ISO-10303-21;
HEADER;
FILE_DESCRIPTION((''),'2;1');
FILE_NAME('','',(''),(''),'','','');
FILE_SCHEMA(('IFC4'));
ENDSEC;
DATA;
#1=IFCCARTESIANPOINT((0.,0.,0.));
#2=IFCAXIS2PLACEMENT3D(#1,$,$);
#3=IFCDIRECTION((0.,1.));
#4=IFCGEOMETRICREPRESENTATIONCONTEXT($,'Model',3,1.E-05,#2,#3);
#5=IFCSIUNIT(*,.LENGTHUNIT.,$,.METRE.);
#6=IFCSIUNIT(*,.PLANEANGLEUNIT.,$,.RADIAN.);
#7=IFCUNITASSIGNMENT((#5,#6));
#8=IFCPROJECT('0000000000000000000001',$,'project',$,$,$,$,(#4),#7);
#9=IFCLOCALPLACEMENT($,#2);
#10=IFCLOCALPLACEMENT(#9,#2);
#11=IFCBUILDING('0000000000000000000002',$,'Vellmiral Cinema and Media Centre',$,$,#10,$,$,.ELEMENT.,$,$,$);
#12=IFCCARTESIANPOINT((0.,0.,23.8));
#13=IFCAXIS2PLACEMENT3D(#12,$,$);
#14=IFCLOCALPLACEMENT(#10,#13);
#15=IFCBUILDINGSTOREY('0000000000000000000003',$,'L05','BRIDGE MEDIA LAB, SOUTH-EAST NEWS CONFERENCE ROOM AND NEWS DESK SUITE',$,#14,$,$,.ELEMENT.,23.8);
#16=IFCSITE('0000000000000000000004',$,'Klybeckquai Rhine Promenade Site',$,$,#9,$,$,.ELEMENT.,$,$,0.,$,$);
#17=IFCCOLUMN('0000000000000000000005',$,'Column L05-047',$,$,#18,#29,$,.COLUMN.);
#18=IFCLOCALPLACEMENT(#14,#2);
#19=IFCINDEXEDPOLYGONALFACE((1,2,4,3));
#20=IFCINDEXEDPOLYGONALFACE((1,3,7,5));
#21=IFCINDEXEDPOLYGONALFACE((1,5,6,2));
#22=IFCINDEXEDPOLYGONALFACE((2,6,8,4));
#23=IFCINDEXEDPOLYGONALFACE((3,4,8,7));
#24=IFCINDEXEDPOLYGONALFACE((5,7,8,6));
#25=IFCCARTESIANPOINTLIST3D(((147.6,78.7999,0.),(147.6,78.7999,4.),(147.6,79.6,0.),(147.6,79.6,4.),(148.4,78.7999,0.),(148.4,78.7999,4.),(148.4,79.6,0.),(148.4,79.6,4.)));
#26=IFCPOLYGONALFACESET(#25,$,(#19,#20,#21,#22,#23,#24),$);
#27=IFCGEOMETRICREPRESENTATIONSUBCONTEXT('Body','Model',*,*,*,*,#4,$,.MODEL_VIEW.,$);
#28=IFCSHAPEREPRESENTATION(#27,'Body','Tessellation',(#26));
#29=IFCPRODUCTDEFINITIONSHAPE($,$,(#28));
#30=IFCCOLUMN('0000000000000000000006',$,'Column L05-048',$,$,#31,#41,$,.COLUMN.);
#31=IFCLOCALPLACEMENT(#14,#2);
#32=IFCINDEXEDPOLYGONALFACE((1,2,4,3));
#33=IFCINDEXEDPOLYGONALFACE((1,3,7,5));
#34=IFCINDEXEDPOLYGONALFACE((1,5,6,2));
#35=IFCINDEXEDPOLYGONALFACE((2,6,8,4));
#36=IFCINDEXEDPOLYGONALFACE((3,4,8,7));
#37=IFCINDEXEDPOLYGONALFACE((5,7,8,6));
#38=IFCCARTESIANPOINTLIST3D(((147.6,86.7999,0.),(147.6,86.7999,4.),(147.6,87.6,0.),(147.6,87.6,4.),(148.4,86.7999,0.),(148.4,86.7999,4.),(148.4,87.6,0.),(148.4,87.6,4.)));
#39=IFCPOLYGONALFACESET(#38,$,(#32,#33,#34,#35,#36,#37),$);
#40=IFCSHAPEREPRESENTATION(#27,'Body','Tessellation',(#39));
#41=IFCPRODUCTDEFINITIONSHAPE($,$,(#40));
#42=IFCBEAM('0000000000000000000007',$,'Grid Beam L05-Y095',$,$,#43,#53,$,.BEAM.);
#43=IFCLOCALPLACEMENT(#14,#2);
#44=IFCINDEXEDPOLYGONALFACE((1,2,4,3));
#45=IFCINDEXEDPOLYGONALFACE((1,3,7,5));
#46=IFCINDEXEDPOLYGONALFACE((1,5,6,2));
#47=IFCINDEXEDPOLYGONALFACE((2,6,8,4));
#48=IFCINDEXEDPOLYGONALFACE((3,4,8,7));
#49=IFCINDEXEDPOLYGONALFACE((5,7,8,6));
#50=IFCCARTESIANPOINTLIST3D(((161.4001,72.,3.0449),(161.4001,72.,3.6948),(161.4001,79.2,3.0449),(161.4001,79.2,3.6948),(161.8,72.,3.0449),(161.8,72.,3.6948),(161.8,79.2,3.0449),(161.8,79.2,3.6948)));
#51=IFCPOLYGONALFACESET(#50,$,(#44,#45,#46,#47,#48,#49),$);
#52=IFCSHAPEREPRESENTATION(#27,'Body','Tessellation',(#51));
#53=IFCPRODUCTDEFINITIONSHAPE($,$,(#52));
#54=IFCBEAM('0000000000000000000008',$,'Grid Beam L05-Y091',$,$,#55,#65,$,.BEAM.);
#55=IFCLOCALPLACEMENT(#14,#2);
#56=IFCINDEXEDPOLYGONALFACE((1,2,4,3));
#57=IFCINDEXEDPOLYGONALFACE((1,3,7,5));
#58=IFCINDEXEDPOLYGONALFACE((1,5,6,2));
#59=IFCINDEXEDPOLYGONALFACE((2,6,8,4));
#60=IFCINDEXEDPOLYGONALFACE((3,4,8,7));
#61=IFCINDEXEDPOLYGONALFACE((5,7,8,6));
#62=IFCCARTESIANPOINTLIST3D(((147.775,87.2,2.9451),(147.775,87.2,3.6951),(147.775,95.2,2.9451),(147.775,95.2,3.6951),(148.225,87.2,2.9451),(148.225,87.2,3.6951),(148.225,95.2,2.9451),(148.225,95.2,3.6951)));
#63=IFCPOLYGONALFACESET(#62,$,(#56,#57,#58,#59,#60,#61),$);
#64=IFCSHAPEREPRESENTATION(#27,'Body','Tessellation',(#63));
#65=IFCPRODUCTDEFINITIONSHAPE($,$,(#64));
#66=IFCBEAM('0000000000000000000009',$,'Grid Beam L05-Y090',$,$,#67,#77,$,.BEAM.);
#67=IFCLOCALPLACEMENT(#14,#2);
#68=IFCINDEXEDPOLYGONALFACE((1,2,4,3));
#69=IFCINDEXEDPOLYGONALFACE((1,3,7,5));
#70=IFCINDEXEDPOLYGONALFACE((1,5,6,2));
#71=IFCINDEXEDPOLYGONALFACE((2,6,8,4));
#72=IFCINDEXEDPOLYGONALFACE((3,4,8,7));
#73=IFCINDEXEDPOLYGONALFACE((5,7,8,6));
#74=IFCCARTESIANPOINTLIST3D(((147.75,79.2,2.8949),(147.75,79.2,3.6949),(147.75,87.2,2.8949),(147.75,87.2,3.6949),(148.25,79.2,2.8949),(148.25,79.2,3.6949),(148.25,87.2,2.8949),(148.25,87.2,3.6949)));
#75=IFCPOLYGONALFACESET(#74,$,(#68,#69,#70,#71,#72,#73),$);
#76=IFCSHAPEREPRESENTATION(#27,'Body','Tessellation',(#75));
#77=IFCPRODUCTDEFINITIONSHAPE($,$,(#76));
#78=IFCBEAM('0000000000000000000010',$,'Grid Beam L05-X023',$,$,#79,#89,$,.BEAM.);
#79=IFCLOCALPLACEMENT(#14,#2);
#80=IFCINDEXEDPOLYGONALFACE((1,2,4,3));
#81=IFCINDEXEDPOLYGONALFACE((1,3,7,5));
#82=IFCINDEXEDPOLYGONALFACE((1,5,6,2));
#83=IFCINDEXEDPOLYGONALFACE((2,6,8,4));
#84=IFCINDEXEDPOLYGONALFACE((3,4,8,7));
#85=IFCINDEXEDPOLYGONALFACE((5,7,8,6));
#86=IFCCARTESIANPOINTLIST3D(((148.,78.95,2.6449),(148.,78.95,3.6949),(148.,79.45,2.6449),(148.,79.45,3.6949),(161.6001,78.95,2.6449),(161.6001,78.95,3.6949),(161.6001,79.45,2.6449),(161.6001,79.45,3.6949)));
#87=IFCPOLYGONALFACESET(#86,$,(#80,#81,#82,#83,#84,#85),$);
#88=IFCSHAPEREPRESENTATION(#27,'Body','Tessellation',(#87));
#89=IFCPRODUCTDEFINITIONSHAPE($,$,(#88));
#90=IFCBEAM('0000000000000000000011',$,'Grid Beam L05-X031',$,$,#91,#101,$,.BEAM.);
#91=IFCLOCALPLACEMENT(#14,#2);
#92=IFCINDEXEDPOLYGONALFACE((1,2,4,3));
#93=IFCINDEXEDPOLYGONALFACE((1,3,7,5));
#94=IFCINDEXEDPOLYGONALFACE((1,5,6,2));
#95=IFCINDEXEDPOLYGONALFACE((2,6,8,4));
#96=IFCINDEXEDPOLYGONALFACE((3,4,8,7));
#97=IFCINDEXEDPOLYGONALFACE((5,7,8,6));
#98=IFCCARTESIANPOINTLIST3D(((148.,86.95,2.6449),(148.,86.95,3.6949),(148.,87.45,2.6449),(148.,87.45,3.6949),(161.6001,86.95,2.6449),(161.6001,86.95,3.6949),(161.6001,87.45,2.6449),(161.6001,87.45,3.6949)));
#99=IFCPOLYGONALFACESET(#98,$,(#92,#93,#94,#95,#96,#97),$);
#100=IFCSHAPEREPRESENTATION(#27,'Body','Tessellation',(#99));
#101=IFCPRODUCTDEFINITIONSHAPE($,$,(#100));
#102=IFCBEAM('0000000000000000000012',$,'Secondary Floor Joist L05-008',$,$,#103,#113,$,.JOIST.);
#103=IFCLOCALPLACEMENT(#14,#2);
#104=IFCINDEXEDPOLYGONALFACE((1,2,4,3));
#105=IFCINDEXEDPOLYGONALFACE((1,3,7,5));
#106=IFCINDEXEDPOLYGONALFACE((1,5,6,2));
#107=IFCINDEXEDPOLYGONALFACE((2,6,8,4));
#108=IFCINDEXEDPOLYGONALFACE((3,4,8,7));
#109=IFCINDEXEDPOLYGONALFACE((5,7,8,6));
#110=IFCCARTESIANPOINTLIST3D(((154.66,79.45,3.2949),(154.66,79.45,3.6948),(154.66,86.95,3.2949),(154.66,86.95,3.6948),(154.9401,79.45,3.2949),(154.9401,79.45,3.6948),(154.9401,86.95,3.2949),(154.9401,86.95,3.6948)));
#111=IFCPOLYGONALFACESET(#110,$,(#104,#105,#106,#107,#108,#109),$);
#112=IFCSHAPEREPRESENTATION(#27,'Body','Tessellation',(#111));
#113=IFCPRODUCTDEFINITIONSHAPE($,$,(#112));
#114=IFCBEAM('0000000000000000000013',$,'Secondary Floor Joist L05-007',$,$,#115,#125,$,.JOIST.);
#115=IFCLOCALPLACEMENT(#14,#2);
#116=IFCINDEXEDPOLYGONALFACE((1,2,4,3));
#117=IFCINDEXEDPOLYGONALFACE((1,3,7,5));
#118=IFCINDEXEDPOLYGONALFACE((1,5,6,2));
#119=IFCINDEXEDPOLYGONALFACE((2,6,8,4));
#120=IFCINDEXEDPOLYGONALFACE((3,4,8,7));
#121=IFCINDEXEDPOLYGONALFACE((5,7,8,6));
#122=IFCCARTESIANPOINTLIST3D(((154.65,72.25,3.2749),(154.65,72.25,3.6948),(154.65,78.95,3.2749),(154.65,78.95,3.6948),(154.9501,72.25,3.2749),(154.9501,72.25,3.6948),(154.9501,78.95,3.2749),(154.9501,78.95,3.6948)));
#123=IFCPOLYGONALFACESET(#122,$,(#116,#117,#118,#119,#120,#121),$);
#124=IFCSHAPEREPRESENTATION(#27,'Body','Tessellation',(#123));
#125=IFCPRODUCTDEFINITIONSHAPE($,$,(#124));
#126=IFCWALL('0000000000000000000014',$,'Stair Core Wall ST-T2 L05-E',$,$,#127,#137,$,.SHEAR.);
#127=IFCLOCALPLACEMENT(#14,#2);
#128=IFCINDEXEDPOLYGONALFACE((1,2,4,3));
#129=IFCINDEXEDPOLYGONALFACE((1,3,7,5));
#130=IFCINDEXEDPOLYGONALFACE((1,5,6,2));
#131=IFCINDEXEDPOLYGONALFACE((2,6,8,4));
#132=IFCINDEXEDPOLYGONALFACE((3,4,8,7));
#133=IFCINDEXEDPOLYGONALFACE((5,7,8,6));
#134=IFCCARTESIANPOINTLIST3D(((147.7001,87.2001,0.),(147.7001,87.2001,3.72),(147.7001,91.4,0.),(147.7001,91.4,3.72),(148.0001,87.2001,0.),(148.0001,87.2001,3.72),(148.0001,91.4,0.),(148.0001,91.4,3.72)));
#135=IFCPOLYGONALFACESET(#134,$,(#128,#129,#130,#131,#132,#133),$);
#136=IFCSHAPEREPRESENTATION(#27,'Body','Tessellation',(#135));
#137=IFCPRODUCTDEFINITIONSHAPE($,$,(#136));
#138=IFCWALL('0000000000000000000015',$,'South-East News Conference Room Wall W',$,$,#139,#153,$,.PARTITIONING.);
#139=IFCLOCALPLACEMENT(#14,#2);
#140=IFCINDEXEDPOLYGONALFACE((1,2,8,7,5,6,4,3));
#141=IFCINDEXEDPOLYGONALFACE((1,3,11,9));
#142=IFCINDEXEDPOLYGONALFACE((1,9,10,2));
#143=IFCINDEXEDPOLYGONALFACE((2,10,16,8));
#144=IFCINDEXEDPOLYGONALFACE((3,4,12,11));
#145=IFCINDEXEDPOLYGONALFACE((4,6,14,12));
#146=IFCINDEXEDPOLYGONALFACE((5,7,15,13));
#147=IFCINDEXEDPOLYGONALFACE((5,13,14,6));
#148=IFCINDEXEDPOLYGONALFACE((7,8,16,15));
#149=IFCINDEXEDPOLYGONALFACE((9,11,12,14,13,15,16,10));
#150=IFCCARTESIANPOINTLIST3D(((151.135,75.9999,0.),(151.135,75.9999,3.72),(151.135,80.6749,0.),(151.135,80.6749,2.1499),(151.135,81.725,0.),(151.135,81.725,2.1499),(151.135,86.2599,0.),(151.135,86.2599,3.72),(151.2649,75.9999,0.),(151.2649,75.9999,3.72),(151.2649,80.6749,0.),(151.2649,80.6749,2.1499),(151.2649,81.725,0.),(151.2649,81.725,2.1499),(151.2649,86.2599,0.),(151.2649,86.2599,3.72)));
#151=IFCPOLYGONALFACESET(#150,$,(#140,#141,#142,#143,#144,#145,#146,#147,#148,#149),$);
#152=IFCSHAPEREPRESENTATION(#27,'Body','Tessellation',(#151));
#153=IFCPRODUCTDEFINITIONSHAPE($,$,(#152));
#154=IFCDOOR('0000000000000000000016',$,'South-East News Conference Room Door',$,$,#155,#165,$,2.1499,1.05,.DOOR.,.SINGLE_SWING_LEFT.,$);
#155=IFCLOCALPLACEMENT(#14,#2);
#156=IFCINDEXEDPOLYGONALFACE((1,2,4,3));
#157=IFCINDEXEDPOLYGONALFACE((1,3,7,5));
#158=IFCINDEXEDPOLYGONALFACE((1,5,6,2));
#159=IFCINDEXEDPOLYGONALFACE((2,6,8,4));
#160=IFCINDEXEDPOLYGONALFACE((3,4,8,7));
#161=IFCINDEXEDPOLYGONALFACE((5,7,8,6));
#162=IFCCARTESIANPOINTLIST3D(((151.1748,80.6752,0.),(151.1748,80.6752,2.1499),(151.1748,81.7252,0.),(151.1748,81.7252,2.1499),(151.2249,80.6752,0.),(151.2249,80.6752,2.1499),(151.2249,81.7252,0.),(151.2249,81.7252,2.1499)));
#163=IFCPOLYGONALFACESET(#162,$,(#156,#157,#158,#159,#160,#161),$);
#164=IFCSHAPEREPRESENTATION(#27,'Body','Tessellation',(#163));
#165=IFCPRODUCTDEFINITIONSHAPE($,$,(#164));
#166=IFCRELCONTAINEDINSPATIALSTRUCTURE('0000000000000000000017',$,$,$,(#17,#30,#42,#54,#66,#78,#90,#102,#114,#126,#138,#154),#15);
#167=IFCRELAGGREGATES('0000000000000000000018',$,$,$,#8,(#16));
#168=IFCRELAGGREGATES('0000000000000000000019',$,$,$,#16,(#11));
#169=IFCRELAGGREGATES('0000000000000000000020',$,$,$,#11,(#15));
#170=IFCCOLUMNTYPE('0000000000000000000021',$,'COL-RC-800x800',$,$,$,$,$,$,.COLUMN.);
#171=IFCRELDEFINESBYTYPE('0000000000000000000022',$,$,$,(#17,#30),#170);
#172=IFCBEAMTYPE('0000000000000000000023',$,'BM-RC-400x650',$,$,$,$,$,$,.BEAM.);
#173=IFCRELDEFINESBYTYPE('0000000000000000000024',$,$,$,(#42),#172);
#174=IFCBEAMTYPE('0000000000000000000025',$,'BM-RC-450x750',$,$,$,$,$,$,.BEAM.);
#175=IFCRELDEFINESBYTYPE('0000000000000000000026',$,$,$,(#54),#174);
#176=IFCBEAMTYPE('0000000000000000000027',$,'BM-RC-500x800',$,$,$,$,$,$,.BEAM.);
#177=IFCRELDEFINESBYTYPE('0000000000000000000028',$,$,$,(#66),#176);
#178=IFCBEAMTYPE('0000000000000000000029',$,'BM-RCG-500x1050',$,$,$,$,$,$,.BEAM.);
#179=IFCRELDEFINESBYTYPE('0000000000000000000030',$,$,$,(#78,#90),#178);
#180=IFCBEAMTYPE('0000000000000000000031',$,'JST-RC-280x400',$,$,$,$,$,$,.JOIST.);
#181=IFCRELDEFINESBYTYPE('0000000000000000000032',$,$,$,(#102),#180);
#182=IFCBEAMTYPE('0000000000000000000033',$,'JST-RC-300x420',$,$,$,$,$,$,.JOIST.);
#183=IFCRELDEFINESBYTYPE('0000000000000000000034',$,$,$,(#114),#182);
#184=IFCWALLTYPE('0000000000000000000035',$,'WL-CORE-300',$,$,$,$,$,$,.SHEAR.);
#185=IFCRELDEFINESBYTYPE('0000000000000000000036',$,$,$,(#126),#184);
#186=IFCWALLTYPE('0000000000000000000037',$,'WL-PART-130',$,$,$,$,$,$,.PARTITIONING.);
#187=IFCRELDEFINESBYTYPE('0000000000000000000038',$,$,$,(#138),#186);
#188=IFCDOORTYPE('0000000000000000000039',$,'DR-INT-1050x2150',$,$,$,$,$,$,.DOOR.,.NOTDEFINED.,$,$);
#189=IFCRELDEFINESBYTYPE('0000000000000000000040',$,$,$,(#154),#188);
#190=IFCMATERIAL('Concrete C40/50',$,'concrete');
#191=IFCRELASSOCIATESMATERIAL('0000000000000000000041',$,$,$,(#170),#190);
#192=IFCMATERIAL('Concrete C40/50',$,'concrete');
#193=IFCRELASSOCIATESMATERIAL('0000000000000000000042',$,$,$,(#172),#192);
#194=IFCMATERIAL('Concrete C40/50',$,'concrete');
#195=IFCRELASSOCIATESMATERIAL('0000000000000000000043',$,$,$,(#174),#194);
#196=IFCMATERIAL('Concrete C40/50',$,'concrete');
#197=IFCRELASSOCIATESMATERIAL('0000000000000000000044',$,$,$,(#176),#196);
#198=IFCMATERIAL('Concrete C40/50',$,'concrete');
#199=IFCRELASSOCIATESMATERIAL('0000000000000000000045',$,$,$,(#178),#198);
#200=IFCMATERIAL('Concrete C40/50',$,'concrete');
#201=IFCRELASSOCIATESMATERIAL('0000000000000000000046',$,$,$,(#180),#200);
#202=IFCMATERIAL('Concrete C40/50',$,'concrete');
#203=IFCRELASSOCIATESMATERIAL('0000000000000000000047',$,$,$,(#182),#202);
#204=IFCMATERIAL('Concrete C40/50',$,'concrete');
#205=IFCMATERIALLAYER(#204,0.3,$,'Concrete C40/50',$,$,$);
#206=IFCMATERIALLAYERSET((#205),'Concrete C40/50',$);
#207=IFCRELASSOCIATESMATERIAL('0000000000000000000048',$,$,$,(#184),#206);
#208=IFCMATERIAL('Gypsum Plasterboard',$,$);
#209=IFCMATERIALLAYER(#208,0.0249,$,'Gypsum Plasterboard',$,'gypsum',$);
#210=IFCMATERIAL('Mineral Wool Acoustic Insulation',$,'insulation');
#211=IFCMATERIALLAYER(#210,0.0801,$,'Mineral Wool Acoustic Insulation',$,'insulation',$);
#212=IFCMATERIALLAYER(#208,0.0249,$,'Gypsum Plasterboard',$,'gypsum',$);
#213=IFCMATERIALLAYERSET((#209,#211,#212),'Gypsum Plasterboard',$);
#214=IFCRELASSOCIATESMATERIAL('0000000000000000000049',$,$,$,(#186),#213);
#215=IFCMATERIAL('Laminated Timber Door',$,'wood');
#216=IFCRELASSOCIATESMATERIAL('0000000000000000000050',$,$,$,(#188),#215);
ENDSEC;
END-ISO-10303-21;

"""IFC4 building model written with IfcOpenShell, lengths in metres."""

from ifc_helpers import new_model, si_unit, direction, frame, frame_2d, origin, origin_2d, place, context, subcontext, project, spatial, rectangle, extrude, material, layer, layer_set, material_profile, profile_set, type_object, element, fill, save


model = new_model("IFC4")

# Units and contexts
model_context = context("Model", 3, precision=1e-05, world=origin(), true_north=direction((0.0, 1.0)))
body_context = subcontext(model_context, "Body", "Model", "MODEL_VIEW")
ifc_project = project(units=[si_unit("LENGTHUNIT", "METRE"), si_unit("PLANEANGLEUNIT", "RADIAN")], contexts=[model_context])

# Site, building, storey
site_placement = place(None, origin())
site = spatial("IfcSite", under=ifc_project, at=site_placement, Name="Klybeckquai Rhine Promenade Site", CompositionType="ELEMENT", RefElevation=0.0)
building_placement = place(site_placement, origin())
building = spatial("IfcBuilding", under=site, at=building_placement, Name="Vellmiral Cinema and Media Centre", CompositionType="ELEMENT")
storey_placement = place(building_placement, frame((0.0, 0.0, 23.8)))
storey = spatial("IfcBuildingStorey", under=building, at=storey_placement, Name="L05", Description="BRIDGE MEDIA LAB, SOUTH-EAST NEWS CONFERENCE ROOM AND NEWS DESK SUITE", CompositionType="ELEMENT", Elevation=23.8)

# Columns
ifc_material_1 = material(Name="Concrete C40/50", Category="concrete")
ifc_material_profile_1 = material_profile(ifc_material_1, rectangle(XDim=0.8, YDim=0.8, at=origin_2d()), Name="RC 800x800")
ifc_profile_set_1 = profile_set([ifc_material_profile_1], Name="Concrete C40/50")
column_type = type_object("IfcColumnType", Name="COL-RC-800x800", PredefinedType="COLUMN", material=ifc_profile_set_1)
for number, where, z_axis, x_axis, name in (
    (1, (148.0, 79.2, 0.0), (0.0, 0.0, 1.0), (1.0, 0.0, 0.0), "Column L05-047"),
    (2, (148.0, 87.2, 0.0), (0.0, 0.0, 1.0), (1.0, 0.0, 0.0), "Column L05-048"),
):
    element("IfcColumn", number, at=place(storey_placement, frame(where, z_axis=z_axis, x_axis=x_axis)), inside=storey, type_object=column_type, Name=name, PredefinedType="COLUMN", context=body_context, shape_type="SweptSolid", body=[
        extrude(rectangle(XDim=0.8, YDim=0.8, at=origin_2d()), origin(), (0.0, 0.0, 1.0), 4.0),
    ])

# Beams
ifc_material_2 = material(Name="Concrete C40/50", Category="concrete")
ifc_material_profile_2 = material_profile(ifc_material_2, rectangle(XDim=0.3999, YDim=0.6499, at=origin_2d()), Name="RC 400x650")
ifc_profile_set_2 = profile_set([ifc_material_profile_2], Name="Concrete C40/50")
beam_type_1 = type_object("IfcBeamType", Name="BM-RC-400x650", PredefinedType="BEAM", material=ifc_profile_set_2)
beam_1_placement = place(storey_placement, frame((161.6001, 72.0, 3.3699), z_axis=(0.0, 1.0, 0.0), x_axis=(-1.0, 0.0, 0.0)))
element("IfcBeam", 3, at=beam_1_placement, inside=storey, type_object=beam_type_1, Name="Grid Beam L05-Y095", PredefinedType="BEAM", context=body_context, shape_type="SweptSolid", body=[
    extrude(rectangle(XDim=0.3999, YDim=0.6499, at=origin_2d()), origin(), (0.0, 0.0, 1.0), 7.2),
])
ifc_material_3 = material(Name="Concrete C40/50", Category="concrete")
ifc_material_profile_3 = material_profile(ifc_material_3, rectangle(XDim=0.45, YDim=0.75, at=origin_2d()), Name="RC 450x750")
ifc_profile_set_3 = profile_set([ifc_material_profile_3], Name="Concrete C40/50")
beam_type_2 = type_object("IfcBeamType", Name="BM-RC-450x750", PredefinedType="BEAM", material=ifc_profile_set_3)
beam_2_placement = place(storey_placement, frame((148.0, 87.2, 3.3201), z_axis=(0.0, 1.0, 0.0), x_axis=(-1.0, 0.0, 0.0)))
element("IfcBeam", 4, at=beam_2_placement, inside=storey, type_object=beam_type_2, Name="Grid Beam L05-Y091", PredefinedType="BEAM", context=body_context, shape_type="SweptSolid", body=[
    extrude(rectangle(XDim=0.45, YDim=0.75, at=origin_2d()), origin(), (0.0, 0.0, 1.0), 8.0),
])
ifc_material_4 = material(Name="Concrete C40/50", Category="concrete")
ifc_material_profile_4 = material_profile(ifc_material_4, rectangle(XDim=0.5, YDim=0.8, at=origin_2d()), Name="RC 500x800")
ifc_profile_set_4 = profile_set([ifc_material_profile_4], Name="Concrete C40/50")
beam_type_3 = type_object("IfcBeamType", Name="BM-RC-500x800", PredefinedType="BEAM", material=ifc_profile_set_4)
beam_3_placement = place(storey_placement, frame((148.0, 79.2, 3.2949), z_axis=(0.0, 1.0, 0.0), x_axis=(-1.0, 0.0, 0.0)))
element("IfcBeam", 5, at=beam_3_placement, inside=storey, type_object=beam_type_3, Name="Grid Beam L05-Y090", PredefinedType="BEAM", context=body_context, shape_type="SweptSolid", body=[
    extrude(rectangle(XDim=0.5, YDim=0.8, at=origin_2d()), origin(), (0.0, 0.0, 1.0), 8.0),
])
ifc_material_5 = material(Name="Concrete C40/50", Category="concrete")
ifc_material_profile_5 = material_profile(ifc_material_5, rectangle(XDim=0.5, YDim=1.05, at=origin_2d()), Name="RC 500x1050")
ifc_profile_set_5 = profile_set([ifc_material_profile_5], Name="Concrete C40/50")
beam_type_4 = type_object("IfcBeamType", Name="BM-RCG-500x1050", PredefinedType="BEAM", material=ifc_profile_set_5)
for number, where, z_axis, x_axis, name in (
    (6, (148.0, 79.2, 3.1699), (1.0, 0.0, 0.0), (0.0, 1.0, 0.0), "Grid Beam L05-X023"),
    (7, (148.0, 87.2, 3.1699), (1.0, 0.0, 0.0), (0.0, 1.0, 0.0), "Grid Beam L05-X031"),
):
    element("IfcBeam", number, at=place(storey_placement, frame(where, z_axis=z_axis, x_axis=x_axis)), inside=storey, type_object=beam_type_4, Name=name, PredefinedType="BEAM", context=body_context, shape_type="SweptSolid", body=[
        extrude(rectangle(XDim=0.5, YDim=1.05, at=origin_2d()), origin(), (0.0, 0.0, 1.0), 13.6001),
    ])
ifc_material_6 = material(Name="Concrete C40/50", Category="concrete")
ifc_material_profile_6 = material_profile(ifc_material_6, rectangle(XDim=0.28, YDim=0.3999, at=origin_2d()), Name="RC 280x400")
ifc_profile_set_6 = profile_set([ifc_material_profile_6], Name="Concrete C40/50")
beam_type_5 = type_object("IfcBeamType", Name="JST-RC-280x400", PredefinedType="JOIST", material=ifc_profile_set_6)
beam_4_placement = place(storey_placement, frame((154.8, 79.45, 3.4949), z_axis=(0.0, 1.0, 0.0), x_axis=(-1.0, 0.0, 0.0)))
element("IfcBeam", 8, at=beam_4_placement, inside=storey, type_object=beam_type_5, Name="Secondary Floor Joist L05-008", PredefinedType="JOIST", context=body_context, shape_type="SweptSolid", body=[
    extrude(rectangle(XDim=0.28, YDim=0.3999, at=origin_2d()), origin(), (0.0, 0.0, 1.0), 7.5),
])
ifc_material_7 = material(Name="Concrete C40/50", Category="concrete")
ifc_material_profile_7 = material_profile(ifc_material_7, rectangle(XDim=0.3, YDim=0.4199, at=origin_2d()), Name="RC 300x420")
ifc_profile_set_7 = profile_set([ifc_material_profile_7], Name="Concrete C40/50")
beam_type_6 = type_object("IfcBeamType", Name="JST-RC-300x420", PredefinedType="JOIST", material=ifc_profile_set_7)
beam_5_placement = place(storey_placement, frame((154.8, 72.25, 3.4849), z_axis=(0.0, 1.0, 0.0), x_axis=(-1.0, 0.0, 0.0)))
element("IfcBeam", 9, at=beam_5_placement, inside=storey, type_object=beam_type_6, Name="Secondary Floor Joist L05-007", PredefinedType="JOIST", context=body_context, shape_type="SweptSolid", body=[
    extrude(rectangle(XDim=0.3, YDim=0.4199, at=origin_2d()), origin(), (0.0, 0.0, 1.0), 6.7),
])

# Wall
ifc_material_8 = material(Name="Concrete C40/50", Category="concrete")
ifc_layer_1 = layer(ifc_material_8, 0.3, Name="Concrete C40/50")
ifc_layer_set_1 = layer_set([ifc_layer_1], Name="Concrete C40/50")
wall_type_1 = type_object("IfcWallType", Name="WL-CORE-300", PredefinedType="SHEAR", material=ifc_layer_set_1)
wall_1_placement = place(storey_placement, frame((147.8501, 87.2, 0.0), z_axis=(0.0, 0.0, 1.0), x_axis=(0.0, 1.0, 0.0)))
element("IfcWall", 10, at=wall_1_placement, inside=storey, type_object=wall_type_1, Name="Stair Core Wall ST-T2 L05-E", PredefinedType="SHEAR", context=body_context, shape_type="SweptSolid", body=[
    extrude(rectangle(XDim=4.2, YDim=0.3, at=frame_2d((2.1001, 0.0))), origin(), (0.0, 0.0, 1.0), 3.72),
])

# Wall, opening, door
ifc_material_9 = material(Name="Gypsum Plasterboard")
ifc_layer_2 = layer(ifc_material_9, 0.0249, Name="Gypsum Plasterboard", Category="gypsum")
ifc_material_10 = material(Name="Mineral Wool Acoustic Insulation", Category="insulation")
ifc_layer_3 = layer(ifc_material_10, 0.0801, Name="Mineral Wool Acoustic Insulation", Category="insulation")
ifc_layer_4 = layer(ifc_material_9, 0.0249, Name="Gypsum Plasterboard", Category="gypsum")
ifc_layer_set_2 = layer_set([ifc_layer_2, ifc_layer_3, ifc_layer_4], Name="Gypsum Plasterboard")
wall_type_2 = type_object("IfcWallType", Name="WL-PART-130", PredefinedType="PARTITIONING", material=ifc_layer_set_2)
wall_2_placement = place(storey_placement, frame((151.2, 76.0, 0.0), z_axis=(0.0, 0.0, 1.0), x_axis=(0.0, 1.0, 0.0)))
wall_2 = element("IfcWall", 11, at=wall_2_placement, inside=storey, type_object=wall_type_2, Name="South-East News Conference Room Wall W", PredefinedType="PARTITIONING", context=body_context, shape_type="SweptSolid", body=[
    extrude(rectangle(XDim=10.26, YDim=0.1299, at=frame_2d((5.1299, 0.0))), origin(), (0.0, 0.0, 1.0), 3.72),
])
opening_1_placement = place(wall_2_placement, frame((4.675, 0.0, 0.0)))
opening_1 = element("IfcOpeningElement", 12, at=opening_1_placement, cuts=wall_2, PredefinedType="OPENING", context=body_context, shape_type="SweptSolid", body=[
    extrude(rectangle(XDim=1.05, YDim=2.1499, at=frame_2d((0.5249, 1.075))), frame((0.0, 0.0769, 0.0), z_axis=(0.0, -1.0, 0.0), x_axis=(1.0, 0.0, 0.0)), (0.0, 0.0, 1.0), 0.1538),
])
ifc_material_11 = material(Name="Laminated Timber Door", Category="wood")
door_type_1 = type_object("IfcDoorType", Name="DR-INT-1050x2150", OperationType="NOTDEFINED", PredefinedType="DOOR", material=ifc_material_11)
door_1_placement = place(opening_1_placement, frame((1.05, 0.0, 0.0), z_axis=(0.0, 0.0, 1.0), x_axis=(-1.0, 0.0, 0.0)))
door_1 = element("IfcDoor", 13, at=door_1_placement, inside=storey, type_object=door_type_1, Name="South-East News Conference Room Door", OperationType="SINGLE_SWING_LEFT", OverallHeight=2.1499, OverallWidth=1.05, PredefinedType="DOOR", context=body_context, shape_type="SweptSolid", body=[
    extrude(rectangle(XDim=1.05, YDim=2.1499, at=frame_2d((0.5249, 1.075))), frame((0.0, 0.0249, 0.0), z_axis=(0.0, -1.0, 0.0), x_axis=(1.0, 0.0, 0.0)), (0.0, 0.0, 1.0), 0.05),
])
fill(opening_1, door_1)

save(model, "model.ifc")
